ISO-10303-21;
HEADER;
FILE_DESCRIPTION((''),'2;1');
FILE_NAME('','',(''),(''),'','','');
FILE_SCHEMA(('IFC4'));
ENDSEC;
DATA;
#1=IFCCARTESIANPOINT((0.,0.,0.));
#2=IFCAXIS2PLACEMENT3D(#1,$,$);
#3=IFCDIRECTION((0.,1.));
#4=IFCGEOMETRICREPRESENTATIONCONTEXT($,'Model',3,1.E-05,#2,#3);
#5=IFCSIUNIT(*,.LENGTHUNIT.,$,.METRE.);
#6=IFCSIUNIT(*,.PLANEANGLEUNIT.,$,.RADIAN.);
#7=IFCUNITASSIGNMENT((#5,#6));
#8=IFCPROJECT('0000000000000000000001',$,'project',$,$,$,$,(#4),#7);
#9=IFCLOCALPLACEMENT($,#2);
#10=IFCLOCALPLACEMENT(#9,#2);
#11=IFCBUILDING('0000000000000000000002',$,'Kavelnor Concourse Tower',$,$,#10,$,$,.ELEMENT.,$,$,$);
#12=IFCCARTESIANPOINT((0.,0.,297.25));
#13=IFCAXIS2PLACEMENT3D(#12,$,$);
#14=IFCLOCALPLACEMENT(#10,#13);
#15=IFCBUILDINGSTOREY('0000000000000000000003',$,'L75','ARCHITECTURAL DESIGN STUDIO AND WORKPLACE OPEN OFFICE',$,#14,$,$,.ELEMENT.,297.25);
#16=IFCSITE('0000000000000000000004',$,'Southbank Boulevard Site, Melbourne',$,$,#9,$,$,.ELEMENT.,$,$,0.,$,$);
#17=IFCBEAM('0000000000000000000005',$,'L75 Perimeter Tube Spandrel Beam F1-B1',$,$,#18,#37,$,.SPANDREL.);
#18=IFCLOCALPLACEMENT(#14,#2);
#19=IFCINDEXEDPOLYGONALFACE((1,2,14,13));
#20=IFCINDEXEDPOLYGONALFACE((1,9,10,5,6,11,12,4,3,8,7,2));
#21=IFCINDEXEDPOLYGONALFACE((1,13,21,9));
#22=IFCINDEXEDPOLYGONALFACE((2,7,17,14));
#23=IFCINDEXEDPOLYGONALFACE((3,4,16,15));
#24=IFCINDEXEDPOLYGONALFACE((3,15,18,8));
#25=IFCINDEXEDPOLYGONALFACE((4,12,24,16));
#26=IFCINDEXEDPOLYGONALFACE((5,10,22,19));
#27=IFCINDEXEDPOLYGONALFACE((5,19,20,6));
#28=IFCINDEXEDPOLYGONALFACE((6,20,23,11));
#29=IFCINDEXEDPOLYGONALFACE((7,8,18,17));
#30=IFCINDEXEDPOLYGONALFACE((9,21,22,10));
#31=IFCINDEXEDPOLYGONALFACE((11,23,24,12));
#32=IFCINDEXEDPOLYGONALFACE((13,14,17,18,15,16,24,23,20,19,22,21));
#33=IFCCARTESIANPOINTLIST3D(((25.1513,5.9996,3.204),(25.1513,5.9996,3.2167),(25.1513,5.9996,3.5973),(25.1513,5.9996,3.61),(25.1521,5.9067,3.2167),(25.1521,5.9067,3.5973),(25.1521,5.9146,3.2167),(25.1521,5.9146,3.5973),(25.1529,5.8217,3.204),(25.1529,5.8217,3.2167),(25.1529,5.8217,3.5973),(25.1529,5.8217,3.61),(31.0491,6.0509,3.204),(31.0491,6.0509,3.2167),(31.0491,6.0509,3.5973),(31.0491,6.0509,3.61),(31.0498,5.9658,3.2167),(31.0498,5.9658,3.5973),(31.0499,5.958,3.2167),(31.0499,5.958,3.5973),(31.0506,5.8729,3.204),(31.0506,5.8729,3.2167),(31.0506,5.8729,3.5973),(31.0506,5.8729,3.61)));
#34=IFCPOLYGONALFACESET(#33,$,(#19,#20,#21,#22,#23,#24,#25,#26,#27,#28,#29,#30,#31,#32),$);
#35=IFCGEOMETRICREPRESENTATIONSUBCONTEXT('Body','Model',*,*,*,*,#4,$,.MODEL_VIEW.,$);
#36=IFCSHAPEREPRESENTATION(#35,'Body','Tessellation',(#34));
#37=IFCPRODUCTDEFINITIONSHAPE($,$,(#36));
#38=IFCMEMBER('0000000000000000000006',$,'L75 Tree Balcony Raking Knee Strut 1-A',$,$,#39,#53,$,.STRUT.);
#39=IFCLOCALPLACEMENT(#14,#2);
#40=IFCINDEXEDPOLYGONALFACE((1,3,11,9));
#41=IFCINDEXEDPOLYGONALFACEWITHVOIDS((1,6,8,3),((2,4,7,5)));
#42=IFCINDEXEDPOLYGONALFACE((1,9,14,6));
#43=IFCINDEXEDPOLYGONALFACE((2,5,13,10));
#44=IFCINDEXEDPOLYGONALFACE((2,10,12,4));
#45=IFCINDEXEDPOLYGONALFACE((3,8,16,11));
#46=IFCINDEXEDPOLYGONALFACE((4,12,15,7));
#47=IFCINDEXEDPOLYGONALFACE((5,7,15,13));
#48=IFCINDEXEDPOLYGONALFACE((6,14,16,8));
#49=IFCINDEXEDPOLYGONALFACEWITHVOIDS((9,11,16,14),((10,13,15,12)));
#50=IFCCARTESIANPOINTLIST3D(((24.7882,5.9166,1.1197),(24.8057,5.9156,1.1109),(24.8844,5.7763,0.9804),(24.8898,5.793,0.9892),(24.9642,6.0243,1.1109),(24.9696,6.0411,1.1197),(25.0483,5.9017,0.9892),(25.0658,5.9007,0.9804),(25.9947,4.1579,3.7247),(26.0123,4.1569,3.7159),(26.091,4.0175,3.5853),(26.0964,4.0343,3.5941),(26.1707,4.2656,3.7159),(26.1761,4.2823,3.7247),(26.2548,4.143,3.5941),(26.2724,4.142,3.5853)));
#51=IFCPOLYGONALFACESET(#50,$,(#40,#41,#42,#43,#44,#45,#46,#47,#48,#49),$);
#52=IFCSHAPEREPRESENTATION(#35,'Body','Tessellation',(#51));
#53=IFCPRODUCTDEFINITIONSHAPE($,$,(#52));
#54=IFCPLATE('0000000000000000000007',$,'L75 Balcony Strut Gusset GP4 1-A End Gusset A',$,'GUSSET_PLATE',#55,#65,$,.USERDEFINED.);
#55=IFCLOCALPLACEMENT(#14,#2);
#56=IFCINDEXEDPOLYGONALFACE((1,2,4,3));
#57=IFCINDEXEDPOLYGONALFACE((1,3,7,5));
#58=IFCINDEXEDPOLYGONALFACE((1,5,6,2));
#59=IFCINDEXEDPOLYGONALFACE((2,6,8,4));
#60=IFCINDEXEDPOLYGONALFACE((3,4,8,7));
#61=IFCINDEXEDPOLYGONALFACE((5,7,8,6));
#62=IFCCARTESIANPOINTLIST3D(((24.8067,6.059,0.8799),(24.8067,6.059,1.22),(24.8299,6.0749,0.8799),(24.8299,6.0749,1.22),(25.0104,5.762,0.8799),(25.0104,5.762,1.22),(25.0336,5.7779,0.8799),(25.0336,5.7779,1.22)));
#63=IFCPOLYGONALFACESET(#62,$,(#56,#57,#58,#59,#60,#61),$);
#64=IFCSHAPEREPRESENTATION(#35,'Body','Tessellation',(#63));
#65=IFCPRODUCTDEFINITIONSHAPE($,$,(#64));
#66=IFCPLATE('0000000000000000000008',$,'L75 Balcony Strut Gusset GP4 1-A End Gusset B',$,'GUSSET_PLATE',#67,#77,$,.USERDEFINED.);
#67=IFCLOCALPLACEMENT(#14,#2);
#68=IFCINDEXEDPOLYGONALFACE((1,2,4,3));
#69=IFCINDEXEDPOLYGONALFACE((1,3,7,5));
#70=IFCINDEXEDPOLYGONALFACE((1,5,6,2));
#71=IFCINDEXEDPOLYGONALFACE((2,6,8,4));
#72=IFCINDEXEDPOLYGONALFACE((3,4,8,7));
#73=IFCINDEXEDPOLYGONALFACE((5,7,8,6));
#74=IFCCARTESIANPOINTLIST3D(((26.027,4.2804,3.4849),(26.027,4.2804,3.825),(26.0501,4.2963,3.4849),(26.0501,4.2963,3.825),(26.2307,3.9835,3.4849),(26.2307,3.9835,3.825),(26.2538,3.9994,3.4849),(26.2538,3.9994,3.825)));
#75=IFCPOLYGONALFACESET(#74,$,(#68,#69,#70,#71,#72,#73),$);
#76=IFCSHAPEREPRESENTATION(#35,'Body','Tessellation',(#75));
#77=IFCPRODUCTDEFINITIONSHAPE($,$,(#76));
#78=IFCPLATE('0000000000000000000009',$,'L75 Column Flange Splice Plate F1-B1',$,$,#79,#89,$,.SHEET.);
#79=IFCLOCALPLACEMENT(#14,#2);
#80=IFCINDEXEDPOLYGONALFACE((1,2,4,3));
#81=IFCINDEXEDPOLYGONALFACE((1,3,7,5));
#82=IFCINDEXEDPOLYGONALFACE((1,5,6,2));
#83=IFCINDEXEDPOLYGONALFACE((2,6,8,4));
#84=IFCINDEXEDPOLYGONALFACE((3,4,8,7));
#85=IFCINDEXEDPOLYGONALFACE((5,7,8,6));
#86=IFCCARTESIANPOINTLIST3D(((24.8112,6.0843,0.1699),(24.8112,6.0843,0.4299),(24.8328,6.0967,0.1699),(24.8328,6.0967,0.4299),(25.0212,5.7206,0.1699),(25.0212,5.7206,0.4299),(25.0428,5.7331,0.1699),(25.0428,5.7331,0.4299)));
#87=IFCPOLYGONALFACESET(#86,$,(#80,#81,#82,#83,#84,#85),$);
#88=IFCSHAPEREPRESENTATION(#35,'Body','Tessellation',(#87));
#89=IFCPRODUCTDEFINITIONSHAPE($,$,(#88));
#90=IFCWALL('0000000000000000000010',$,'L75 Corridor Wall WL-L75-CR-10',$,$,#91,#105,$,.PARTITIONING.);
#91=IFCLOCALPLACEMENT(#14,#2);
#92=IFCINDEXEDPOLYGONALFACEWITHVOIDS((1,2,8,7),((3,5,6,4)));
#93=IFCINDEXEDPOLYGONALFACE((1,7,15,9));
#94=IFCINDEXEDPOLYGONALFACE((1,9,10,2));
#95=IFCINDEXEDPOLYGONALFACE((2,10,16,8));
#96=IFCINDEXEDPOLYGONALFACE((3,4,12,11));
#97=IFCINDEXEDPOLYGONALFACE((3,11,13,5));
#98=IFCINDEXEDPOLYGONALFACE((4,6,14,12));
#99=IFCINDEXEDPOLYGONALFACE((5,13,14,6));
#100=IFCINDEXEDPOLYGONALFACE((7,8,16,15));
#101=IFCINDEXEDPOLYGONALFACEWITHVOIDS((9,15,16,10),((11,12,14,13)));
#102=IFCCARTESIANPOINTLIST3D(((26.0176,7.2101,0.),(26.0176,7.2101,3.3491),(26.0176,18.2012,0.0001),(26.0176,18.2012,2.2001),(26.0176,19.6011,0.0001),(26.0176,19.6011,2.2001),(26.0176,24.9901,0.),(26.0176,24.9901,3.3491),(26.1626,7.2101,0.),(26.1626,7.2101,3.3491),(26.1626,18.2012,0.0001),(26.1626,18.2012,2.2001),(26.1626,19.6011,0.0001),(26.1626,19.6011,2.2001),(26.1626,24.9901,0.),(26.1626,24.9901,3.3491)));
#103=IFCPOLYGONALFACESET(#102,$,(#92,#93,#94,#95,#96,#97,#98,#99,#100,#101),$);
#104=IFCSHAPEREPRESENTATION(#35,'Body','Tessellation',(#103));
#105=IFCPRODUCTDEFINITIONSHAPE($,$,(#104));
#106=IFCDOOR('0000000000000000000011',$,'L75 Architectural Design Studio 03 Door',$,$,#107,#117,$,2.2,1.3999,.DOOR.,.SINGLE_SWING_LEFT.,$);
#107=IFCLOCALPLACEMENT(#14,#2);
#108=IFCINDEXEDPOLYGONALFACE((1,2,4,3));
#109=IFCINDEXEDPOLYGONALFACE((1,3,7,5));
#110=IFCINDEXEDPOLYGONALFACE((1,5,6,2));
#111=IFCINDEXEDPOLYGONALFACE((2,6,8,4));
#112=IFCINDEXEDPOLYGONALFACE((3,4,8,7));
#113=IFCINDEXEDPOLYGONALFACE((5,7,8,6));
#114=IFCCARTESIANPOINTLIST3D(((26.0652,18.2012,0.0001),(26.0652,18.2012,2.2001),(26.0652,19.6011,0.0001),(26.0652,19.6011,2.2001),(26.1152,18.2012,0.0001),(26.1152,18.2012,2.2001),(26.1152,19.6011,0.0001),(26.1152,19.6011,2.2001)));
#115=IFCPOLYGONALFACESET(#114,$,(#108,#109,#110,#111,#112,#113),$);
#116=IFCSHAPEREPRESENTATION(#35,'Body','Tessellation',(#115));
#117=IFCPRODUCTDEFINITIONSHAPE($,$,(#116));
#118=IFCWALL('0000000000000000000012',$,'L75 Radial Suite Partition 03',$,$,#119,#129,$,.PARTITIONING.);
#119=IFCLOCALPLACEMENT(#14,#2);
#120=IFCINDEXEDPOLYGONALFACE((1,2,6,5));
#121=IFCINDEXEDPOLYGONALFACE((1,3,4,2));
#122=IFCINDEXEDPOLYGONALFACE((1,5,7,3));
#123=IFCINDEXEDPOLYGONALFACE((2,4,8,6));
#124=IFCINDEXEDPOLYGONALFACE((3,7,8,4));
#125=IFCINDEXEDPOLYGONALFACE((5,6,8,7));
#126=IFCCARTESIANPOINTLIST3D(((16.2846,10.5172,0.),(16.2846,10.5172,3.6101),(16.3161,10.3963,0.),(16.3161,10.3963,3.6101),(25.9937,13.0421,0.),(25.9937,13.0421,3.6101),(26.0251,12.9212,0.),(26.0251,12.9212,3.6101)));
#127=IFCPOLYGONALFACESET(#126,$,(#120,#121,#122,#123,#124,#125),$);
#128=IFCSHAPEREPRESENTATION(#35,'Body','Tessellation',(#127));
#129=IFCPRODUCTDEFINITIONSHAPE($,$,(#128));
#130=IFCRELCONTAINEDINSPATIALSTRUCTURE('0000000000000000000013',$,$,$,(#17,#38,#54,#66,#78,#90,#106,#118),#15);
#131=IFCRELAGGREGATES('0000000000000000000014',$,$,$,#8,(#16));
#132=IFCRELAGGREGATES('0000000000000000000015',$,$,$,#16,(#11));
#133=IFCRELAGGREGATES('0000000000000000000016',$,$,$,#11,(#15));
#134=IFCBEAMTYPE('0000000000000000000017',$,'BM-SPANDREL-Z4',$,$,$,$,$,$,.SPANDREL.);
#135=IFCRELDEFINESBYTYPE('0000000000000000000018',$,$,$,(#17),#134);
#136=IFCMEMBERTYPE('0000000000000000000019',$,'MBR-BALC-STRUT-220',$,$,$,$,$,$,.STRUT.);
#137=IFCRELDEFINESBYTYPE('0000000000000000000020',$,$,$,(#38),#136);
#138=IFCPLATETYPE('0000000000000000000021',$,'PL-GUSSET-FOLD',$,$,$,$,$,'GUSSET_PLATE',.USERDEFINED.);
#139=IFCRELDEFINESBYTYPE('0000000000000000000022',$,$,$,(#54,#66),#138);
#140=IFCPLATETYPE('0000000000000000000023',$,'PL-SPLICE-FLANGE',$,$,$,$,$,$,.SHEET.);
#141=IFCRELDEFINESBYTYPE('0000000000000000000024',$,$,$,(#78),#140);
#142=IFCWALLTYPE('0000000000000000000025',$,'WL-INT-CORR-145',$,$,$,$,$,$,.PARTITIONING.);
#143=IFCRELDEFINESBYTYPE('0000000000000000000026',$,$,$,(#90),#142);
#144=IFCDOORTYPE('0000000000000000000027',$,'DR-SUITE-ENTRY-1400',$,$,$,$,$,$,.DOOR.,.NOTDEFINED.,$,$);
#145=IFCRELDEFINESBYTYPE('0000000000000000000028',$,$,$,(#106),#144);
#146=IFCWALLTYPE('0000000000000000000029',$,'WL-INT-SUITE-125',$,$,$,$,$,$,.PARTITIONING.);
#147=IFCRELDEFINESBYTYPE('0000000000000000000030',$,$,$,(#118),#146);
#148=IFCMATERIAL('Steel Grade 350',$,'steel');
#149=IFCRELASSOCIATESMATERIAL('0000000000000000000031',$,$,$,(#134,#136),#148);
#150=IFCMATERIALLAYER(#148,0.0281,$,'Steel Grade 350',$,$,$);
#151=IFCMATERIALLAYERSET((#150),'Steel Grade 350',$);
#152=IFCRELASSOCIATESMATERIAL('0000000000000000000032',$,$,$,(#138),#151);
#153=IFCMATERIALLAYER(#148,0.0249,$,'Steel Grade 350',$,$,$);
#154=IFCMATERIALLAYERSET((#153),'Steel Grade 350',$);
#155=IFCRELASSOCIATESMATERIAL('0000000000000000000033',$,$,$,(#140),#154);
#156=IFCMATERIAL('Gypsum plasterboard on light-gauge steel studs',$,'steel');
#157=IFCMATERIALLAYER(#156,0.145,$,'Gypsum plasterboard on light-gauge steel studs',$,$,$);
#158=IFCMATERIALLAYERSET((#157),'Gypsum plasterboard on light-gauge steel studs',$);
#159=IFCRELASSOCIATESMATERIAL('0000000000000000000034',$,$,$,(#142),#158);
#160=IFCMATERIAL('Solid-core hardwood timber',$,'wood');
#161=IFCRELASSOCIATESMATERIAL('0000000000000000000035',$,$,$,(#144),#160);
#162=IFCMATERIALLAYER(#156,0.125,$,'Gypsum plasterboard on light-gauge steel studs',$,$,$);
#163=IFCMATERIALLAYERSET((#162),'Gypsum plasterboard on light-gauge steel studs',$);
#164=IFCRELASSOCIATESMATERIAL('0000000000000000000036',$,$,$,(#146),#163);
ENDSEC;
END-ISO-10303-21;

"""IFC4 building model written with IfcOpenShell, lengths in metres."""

from ifc_helpers import new_model, si_unit, direction, frame, frame_2d, origin, origin_2d, place, context, subcontext, project, spatial, rectangle, hollow_rectangle, i_section, extrude, material, layer, layer_set, material_profile, profile_set, type_object, element, fill, save


model = new_model("IFC4")

# Units and contexts
model_context = context("Model", 3, precision=1e-05, world=origin(), true_north=direction((0.0, 1.0)))
body_context = subcontext(model_context, "Body", "Model", "MODEL_VIEW")
ifc_project = project(units=[si_unit("LENGTHUNIT", "METRE"), si_unit("PLANEANGLEUNIT", "RADIAN")], contexts=[model_context])

# Site, building, storey
site_placement = place(None, origin())
site = spatial("IfcSite", under=ifc_project, at=site_placement, Name="Southbank Boulevard Site, Melbourne", CompositionType="ELEMENT", RefElevation=0.0)
building_placement = place(site_placement, origin())
building = spatial("IfcBuilding", under=site, at=building_placement, Name="Kavelnor Concourse Tower", CompositionType="ELEMENT")
storey_placement = place(building_placement, frame((0.0, 0.0, 297.25)))
storey = spatial("IfcBuildingStorey", under=building, at=storey_placement, Name="L75", Description="ARCHITECTURAL DESIGN STUDIO AND WORKPLACE OPEN OFFICE", CompositionType="ELEMENT", Elevation=297.25)

# Shared definitions
ifc_material_1 = material(Name="Steel Grade 350", Category="steel")

# Beam
ifc_material_profile_1 = material_profile(ifc_material_1, i_section(OverallWidth=0.178, OverallDepth=0.406, WebThickness=0.0078, FlangeThickness=0.0127, at=origin_2d()), Name="410UB59")
ifc_profile_set_1 = profile_set([ifc_material_profile_1], Name="Steel Grade 350")
beam_type_1 = type_object("IfcBeamType", Name="BM-SPANDREL-Z4", PredefinedType="SPANDREL", material=ifc_profile_set_1)
beam_1_placement = place(storey_placement, frame((25.1521, 5.9106, 3.407), z_axis=(0.999962, 0.008693, 0.0), x_axis=(-0.008693, 0.999962, 0.0)))
element("IfcBeam", 1, at=beam_1_placement, inside=storey, type_object=beam_type_1, Name="L75 Perimeter Tube Spandrel Beam F1-B1", PredefinedType="SPANDREL", context=body_context, shape_type="SweptSolid", body=[
    extrude(i_section(OverallWidth=0.178, OverallDepth=0.406, WebThickness=0.0078, FlangeThickness=0.0127, at=origin_2d()), origin(), (0.0, 0.0, 1.0), 5.8979),
])

# Member
ifc_material_profile_2 = material_profile(ifc_material_1, hollow_rectangle(XDim=0.22, YDim=0.22, WallThickness=0.0139, at=origin_2d()), Name="SHS 220x220x14")
ifc_profile_set_2 = profile_set([ifc_material_profile_2], Name="Steel Grade 350")
member_type = type_object("IfcMemberType", Name="MBR-BALC-STRUT-220", PredefinedType="STRUT", material=ifc_profile_set_2)
member_placement = place(storey_placement, frame((24.927, 5.9087, 1.05), z_axis=(0.35837, -0.5224, 0.773737), x_axis=(0.824616, 0.565693, 0.0)))
element("IfcMember", 2, at=member_placement, inside=storey, type_object=member_type, Name="L75 Tree Balcony Raking Knee Strut 1-A", PredefinedType="STRUT", context=body_context, shape_type="SweptSolid", body=[
    extrude(hollow_rectangle(XDim=0.22, YDim=0.22, WallThickness=0.0139, at=origin_2d()), origin(), (0.0, 0.0, 1.0), 3.3667),
])

# Plates
ifc_layer_1 = layer(ifc_material_1, 0.0281, Name="Steel Grade 350")
ifc_layer_set_1 = layer_set([ifc_layer_1], Name="Steel Grade 350")
plate_type_1 = type_object("IfcPlateType", Name="PL-GUSSET-FOLD", ElementType="GUSSET_PLATE", PredefinedType="USERDEFINED", material=ifc_layer_set_1)
for number, where, z_axis, x_axis, name in (
    (3, (24.9202, 5.9185, 0.8799), (0.0, 0.0, 1.0), (0.565687, -0.82462, 0.0), "L75 Balcony Strut Gusset GP4 1-A End Gusset A"),
    (4, (26.1404, 4.1399, 3.4849), (0.0, 0.0, 1.0), (0.565687, -0.82462, 0.0), "L75 Balcony Strut Gusset GP4 1-A End Gusset B"),
):
    element("IfcPlate", number, at=place(storey_placement, frame(where, z_axis=z_axis, x_axis=x_axis)), inside=storey, type_object=plate_type_1, Name=name, ObjectType="GUSSET_PLATE", PredefinedType="USERDEFINED", context=body_context, shape_type="SweptSolid", body=[
        extrude(rectangle(XDim=0.3601, YDim=0.0281, at=origin_2d()), origin(), (0.0, 0.0, 1.0), 0.3401),
    ])
ifc_layer_2 = layer(ifc_material_1, 0.0249, Name="Steel Grade 350")
ifc_layer_set_2 = layer_set([ifc_layer_2], Name="Steel Grade 350")
plate_type_2 = type_object("IfcPlateType", Name="PL-SPLICE-FLANGE", PredefinedType="SHEET", material=ifc_layer_set_2)
plate_placement = place(storey_placement, frame((24.927, 5.9087, 0.1699), z_axis=(0.0, 0.0, 1.0), x_axis=(-0.5, 0.866025, 0.0)))
element("IfcPlate", 5, at=plate_placement, inside=storey, type_object=plate_type_2, Name="L75 Column Flange Splice Plate F1-B1", PredefinedType="SHEET", context=body_context, shape_type="SweptSolid", body=[
    extrude(rectangle(XDim=0.4199, YDim=0.0249, at=origin_2d()), origin(), (0.0, 0.0, 1.0), 0.26),
])

# Wall, opening, door
ifc_material_2 = material(Name="Gypsum plasterboard on light-gauge steel studs", Category="steel")
ifc_layer_3 = layer(ifc_material_2, 0.145, Name="Gypsum plasterboard on light-gauge steel studs")
ifc_layer_set_3 = layer_set([ifc_layer_3], Name="Gypsum plasterboard on light-gauge steel studs")
wall_type_1 = type_object("IfcWallType", Name="WL-INT-CORR-145", PredefinedType="PARTITIONING", material=ifc_layer_set_3)
wall_1_placement = place(storey_placement, frame((26.0901, 7.21, 0.0), z_axis=(0.0, 0.0, 1.0), x_axis=(0.0, 1.0, 0.0)))
wall_1 = element("IfcWall", 6, at=wall_1_placement, inside=storey, type_object=wall_type_1, Name="L75 Corridor Wall WL-L75-CR-10", PredefinedType="PARTITIONING", context=body_context, shape_type="SweptSolid", body=[
    extrude(rectangle(XDim=17.78, YDim=0.145, at=frame_2d((8.8901, 0.0))), origin(), (0.0, 0.0, 1.0), 3.3491),
])
opening_placement = place(wall_1_placement, frame((10.9912, 0.0, 0.0)))
opening = element("IfcOpeningElement", 7, at=opening_placement, cuts=wall_1, PredefinedType="OPENING", context=body_context, shape_type="SweptSolid", body=[
    extrude(rectangle(XDim=1.3999, YDim=2.2, at=frame_2d((0.7, 1.1001))), frame((0.0, 0.0825, 0.0), z_axis=(0.0, -1.0, 0.0), x_axis=(1.0, 0.0, 0.0)), (0.0, 0.0, 1.0), 0.165),
])
ifc_material_3 = material(Name="Solid-core hardwood timber", Category="wood")
door_type = type_object("IfcDoorType", Name="DR-SUITE-ENTRY-1400", OperationType="NOTDEFINED", PredefinedType="DOOR", material=ifc_material_3)
door_placement = place(opening_placement, origin())
door = element("IfcDoor", 8, at=door_placement, inside=storey, type_object=door_type, Name="L75 Architectural Design Studio 03 Door", OperationType="SINGLE_SWING_LEFT", OverallHeight=2.2, OverallWidth=1.3999, PredefinedType="DOOR", context=body_context, shape_type="SweptSolid", body=[
    extrude(rectangle(XDim=1.3999, YDim=2.2, at=frame_2d((0.7, 1.1001))), frame((0.0, 0.0249, 0.0), z_axis=(0.0, -1.0, 0.0), x_axis=(1.0, 0.0, 0.0)), (0.0, 0.0, 1.0), 0.05),
])
fill(opening, door)

# Wall
ifc_layer_4 = layer(ifc_material_2, 0.125, Name="Gypsum plasterboard on light-gauge steel studs")
ifc_layer_set_4 = layer_set([ifc_layer_4], Name="Gypsum plasterboard on light-gauge steel studs")
wall_type_2 = type_object("IfcWallType", Name="WL-INT-SUITE-125", PredefinedType="PARTITIONING", material=ifc_layer_set_4)
wall_2_placement = place(storey_placement, frame((26.0095, 12.9817, 0.0), z_axis=(0.0, 0.0, 1.0), x_axis=(-0.967809, -0.251687, 0.0)))
element("IfcWall", 9, at=wall_2_placement, inside=storey, type_object=wall_type_2, Name="L75 Radial Suite Partition 03", PredefinedType="PARTITIONING", context=body_context, shape_type="SweptSolid", body=[
    extrude(rectangle(XDim=10.032, YDim=0.125, at=frame_2d((5.0161, 0.0))), origin(), (0.0, 0.0, 1.0), 3.6101),
])

save(model, "model.ifc")
